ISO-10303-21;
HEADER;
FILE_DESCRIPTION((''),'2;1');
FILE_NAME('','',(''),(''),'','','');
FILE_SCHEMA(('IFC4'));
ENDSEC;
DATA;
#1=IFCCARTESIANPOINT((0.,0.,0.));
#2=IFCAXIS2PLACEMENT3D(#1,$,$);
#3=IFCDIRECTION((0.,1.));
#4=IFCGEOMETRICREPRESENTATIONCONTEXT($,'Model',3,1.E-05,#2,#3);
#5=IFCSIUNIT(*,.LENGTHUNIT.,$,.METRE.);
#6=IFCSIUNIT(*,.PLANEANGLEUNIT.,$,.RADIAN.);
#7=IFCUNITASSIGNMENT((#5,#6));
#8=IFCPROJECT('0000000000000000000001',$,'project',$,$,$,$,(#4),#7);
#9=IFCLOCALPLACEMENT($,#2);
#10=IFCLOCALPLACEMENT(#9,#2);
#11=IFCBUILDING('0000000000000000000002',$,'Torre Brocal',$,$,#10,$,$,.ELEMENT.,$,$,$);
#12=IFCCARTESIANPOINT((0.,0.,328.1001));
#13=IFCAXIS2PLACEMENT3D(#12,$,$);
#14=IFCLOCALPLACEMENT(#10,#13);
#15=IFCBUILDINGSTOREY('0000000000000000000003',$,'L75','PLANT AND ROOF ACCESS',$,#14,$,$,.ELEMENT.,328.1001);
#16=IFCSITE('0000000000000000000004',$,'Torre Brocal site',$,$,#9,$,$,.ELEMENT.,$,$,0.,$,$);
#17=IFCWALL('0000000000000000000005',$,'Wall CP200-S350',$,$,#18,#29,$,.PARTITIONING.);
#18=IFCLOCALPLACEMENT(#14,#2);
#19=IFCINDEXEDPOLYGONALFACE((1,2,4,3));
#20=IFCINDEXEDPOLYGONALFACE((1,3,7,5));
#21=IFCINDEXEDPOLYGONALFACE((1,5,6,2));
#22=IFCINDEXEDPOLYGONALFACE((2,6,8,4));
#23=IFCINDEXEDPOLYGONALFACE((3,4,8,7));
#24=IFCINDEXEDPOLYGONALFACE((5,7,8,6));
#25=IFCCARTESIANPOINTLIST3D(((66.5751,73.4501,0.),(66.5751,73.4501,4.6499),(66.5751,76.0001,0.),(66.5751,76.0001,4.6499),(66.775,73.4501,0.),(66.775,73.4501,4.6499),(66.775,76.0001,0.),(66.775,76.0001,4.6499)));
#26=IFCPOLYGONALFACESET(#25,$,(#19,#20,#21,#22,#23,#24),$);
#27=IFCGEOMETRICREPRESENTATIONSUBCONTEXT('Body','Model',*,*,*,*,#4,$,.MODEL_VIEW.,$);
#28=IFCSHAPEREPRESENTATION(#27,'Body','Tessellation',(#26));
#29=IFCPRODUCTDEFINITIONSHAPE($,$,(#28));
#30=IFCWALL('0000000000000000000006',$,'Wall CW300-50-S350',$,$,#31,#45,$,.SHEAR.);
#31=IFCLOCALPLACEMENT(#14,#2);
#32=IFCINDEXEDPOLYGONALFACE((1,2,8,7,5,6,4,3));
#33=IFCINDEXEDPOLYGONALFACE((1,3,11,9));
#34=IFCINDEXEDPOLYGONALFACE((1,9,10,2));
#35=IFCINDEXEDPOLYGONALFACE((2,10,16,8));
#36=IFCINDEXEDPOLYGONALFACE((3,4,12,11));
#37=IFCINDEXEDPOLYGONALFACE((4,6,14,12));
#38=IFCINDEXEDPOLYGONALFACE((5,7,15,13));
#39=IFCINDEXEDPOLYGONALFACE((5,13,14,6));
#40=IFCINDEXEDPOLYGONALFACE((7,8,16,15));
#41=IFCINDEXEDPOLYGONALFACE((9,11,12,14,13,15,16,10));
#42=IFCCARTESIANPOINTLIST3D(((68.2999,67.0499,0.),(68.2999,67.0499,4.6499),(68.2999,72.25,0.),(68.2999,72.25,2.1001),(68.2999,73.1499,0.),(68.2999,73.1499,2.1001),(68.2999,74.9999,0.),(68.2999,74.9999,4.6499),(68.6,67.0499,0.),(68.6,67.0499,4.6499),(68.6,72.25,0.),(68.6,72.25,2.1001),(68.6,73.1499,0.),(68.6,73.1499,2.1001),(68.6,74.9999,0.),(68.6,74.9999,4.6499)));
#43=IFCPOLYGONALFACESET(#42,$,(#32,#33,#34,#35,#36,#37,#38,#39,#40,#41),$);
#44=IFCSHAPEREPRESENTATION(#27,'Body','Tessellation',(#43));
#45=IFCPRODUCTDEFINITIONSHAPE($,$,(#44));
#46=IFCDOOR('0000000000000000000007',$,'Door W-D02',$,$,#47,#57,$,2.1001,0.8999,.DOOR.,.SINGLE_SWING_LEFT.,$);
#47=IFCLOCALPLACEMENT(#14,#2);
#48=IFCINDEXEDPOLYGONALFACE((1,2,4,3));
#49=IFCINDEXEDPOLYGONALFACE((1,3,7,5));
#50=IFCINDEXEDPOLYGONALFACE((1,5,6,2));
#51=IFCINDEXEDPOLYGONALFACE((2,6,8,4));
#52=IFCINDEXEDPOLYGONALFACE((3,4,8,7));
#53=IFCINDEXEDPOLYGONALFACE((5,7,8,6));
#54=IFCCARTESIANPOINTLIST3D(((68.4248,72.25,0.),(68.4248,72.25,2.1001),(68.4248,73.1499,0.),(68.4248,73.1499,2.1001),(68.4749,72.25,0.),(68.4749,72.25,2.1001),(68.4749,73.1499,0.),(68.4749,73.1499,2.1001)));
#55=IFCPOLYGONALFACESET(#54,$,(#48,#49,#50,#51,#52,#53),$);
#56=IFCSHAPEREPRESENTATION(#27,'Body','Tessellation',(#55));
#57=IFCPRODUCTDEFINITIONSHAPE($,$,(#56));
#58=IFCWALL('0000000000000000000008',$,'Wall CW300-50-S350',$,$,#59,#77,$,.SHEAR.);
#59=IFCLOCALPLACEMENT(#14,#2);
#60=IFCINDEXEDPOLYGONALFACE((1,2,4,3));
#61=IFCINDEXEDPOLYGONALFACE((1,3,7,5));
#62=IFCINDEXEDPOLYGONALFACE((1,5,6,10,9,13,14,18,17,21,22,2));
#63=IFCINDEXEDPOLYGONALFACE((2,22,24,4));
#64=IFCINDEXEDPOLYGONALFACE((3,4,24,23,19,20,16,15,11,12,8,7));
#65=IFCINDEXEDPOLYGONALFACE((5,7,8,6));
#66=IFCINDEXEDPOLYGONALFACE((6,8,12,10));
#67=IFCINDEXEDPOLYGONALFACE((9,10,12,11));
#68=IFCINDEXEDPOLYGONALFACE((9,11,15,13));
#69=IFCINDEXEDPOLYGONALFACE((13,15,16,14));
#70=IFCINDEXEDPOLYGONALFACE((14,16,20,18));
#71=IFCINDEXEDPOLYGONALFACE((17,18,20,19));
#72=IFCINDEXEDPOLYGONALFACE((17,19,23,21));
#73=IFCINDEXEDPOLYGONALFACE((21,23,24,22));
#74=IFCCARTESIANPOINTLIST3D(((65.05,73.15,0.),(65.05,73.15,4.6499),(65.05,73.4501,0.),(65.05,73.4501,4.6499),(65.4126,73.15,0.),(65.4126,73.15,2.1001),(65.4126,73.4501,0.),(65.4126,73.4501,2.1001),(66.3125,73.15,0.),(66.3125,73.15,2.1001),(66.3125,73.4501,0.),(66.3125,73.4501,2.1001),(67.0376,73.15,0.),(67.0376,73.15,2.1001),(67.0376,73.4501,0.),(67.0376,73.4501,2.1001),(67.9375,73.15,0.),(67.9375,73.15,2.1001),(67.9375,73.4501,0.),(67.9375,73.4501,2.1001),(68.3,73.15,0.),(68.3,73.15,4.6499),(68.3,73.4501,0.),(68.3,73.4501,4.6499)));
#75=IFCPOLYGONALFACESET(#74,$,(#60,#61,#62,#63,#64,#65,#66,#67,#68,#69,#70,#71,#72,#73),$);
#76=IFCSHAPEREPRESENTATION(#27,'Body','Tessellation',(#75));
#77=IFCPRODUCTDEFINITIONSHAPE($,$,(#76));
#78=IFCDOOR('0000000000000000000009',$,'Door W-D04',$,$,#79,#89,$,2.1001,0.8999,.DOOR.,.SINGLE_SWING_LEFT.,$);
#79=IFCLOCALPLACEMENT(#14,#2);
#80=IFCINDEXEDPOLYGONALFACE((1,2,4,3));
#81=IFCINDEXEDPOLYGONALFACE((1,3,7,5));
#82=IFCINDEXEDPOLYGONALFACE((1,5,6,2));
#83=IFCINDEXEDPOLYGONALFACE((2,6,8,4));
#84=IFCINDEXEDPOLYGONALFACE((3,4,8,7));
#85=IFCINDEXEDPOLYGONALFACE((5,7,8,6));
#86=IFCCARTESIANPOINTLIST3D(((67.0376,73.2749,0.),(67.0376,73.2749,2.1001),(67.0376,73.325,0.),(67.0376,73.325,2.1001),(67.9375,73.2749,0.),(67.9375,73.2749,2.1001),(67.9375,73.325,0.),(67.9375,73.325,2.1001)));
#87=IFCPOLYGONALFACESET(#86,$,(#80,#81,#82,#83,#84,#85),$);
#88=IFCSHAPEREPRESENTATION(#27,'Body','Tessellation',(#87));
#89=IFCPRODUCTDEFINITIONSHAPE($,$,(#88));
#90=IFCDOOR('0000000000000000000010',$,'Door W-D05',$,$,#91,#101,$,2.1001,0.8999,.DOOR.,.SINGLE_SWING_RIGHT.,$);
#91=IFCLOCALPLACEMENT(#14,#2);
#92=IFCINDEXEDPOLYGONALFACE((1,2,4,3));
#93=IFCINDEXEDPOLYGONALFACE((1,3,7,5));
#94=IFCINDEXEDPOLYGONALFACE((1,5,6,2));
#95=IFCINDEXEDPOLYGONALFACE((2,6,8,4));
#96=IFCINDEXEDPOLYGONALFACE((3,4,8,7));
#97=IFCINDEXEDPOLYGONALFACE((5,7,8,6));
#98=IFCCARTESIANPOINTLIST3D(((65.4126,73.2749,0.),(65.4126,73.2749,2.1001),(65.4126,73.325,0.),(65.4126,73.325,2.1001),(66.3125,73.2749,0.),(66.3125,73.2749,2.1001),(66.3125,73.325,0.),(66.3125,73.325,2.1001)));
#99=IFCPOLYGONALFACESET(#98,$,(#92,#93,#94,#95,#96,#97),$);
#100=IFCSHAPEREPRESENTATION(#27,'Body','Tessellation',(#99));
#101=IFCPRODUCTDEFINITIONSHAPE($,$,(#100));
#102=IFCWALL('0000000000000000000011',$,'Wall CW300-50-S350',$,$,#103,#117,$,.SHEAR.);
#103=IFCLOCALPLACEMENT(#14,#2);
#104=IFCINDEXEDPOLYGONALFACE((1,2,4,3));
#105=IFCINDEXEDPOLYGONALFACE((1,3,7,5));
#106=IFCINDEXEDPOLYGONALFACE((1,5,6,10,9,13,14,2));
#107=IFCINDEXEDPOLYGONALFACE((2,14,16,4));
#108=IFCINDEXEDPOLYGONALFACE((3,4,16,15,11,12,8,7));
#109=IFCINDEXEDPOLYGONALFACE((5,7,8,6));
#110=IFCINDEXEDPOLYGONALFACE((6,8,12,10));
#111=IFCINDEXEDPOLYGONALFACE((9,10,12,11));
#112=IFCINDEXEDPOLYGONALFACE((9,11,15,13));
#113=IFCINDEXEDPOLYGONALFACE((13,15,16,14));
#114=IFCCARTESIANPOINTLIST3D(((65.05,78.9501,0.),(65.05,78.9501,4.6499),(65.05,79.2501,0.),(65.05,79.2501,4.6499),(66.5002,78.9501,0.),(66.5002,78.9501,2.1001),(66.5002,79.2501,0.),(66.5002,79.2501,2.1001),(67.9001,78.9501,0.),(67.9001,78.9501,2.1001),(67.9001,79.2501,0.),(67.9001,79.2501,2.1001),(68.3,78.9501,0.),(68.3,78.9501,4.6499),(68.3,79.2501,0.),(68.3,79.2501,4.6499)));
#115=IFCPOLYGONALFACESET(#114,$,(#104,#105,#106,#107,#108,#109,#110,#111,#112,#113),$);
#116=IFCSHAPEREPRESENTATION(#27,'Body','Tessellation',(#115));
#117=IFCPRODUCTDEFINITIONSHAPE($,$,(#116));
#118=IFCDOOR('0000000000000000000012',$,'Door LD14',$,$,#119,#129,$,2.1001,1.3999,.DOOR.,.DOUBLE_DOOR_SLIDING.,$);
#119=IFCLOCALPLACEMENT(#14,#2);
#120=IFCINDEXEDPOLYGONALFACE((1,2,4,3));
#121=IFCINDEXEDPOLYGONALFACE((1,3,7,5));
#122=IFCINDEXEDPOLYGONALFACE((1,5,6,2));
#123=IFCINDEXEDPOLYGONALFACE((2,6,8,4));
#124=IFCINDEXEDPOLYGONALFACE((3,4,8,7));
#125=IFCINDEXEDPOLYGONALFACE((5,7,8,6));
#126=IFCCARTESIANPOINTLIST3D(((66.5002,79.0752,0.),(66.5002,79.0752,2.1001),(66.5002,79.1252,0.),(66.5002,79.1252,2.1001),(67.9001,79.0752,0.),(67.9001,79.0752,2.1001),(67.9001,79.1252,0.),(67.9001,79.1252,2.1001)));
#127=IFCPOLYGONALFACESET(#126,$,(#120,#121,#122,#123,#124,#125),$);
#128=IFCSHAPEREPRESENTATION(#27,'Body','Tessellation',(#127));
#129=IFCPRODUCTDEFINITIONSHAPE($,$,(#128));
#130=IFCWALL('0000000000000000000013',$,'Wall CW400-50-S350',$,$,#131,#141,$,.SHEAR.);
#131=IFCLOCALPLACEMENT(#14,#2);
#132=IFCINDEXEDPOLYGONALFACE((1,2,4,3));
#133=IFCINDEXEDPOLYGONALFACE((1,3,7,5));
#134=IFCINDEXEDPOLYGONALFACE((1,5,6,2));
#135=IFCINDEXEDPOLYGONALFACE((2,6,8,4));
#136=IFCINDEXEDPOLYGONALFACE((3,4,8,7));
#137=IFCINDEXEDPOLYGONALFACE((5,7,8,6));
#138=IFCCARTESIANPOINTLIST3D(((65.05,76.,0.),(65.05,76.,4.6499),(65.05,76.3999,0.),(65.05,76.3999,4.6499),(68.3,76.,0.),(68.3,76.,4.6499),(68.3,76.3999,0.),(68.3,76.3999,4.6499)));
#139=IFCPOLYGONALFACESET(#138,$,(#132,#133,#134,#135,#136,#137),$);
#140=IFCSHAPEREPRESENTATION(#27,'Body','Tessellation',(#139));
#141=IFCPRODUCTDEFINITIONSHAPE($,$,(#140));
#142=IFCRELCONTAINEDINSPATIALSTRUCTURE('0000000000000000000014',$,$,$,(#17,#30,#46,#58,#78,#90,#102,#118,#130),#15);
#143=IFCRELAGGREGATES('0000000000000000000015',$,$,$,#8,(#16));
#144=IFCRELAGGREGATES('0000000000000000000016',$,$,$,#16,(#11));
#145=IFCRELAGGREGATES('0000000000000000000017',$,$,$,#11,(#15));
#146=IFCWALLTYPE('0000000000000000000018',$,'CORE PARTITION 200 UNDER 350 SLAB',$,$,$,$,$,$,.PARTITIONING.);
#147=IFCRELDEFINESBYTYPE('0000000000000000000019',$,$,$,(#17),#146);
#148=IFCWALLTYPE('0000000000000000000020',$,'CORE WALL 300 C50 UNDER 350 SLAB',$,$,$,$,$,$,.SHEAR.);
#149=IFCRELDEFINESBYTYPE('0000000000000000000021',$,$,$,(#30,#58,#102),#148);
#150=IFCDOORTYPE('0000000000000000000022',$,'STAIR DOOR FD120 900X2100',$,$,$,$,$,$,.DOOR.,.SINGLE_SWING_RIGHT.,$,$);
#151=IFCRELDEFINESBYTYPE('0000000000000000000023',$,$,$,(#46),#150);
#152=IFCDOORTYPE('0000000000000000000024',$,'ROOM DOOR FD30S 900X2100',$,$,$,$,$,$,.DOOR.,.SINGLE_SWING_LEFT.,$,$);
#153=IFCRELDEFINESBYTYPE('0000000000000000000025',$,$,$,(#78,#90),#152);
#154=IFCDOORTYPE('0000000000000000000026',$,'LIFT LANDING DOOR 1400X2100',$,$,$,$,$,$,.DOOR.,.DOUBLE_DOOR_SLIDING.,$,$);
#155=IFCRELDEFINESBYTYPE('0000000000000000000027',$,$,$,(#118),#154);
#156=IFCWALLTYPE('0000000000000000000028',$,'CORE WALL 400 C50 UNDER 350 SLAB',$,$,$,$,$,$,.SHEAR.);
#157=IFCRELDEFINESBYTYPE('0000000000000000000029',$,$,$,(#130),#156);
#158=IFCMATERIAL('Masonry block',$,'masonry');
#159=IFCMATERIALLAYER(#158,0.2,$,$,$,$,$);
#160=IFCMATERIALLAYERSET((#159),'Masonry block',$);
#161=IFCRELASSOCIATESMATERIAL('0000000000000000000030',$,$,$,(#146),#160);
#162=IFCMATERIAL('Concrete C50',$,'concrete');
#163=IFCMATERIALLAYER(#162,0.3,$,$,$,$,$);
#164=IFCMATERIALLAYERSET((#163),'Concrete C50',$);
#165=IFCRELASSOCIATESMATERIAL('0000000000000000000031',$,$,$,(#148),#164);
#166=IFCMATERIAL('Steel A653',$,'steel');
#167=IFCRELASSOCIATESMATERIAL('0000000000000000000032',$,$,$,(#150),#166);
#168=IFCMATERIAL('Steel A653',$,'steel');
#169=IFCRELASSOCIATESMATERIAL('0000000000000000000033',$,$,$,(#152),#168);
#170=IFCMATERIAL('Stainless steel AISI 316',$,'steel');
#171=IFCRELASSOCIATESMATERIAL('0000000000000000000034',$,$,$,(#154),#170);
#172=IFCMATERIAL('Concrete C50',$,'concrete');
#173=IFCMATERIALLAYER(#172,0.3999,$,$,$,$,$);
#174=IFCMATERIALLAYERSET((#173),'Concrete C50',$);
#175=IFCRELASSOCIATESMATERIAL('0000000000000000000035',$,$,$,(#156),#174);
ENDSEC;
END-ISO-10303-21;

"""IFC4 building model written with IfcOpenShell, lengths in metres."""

from ifc_helpers import new_model, si_unit, direction, frame, frame_2d, origin, place, context, subcontext, project, spatial, rectangle, extrude, material, layer, layer_set, type_object, element, fill, save


model = new_model("IFC4")

# Units and contexts
model_context = context("Model", 3, precision=1e-05, world=origin(), true_north=direction((0.0, 1.0)))
body_context = subcontext(model_context, "Body", "Model", "MODEL_VIEW")
ifc_project = project(units=[si_unit("LENGTHUNIT", "METRE"), si_unit("PLANEANGLEUNIT", "RADIAN")], contexts=[model_context])

# Site, building, storey
site_placement = place(None, origin())
site = spatial("IfcSite", under=ifc_project, at=site_placement, Name="Torre Brocal site", CompositionType="ELEMENT", RefElevation=0.0)
building_placement = place(site_placement, origin())
building = spatial("IfcBuilding", under=site, at=building_placement, Name="Torre Brocal", CompositionType="ELEMENT")
storey_placement = place(building_placement, frame((0.0, 0.0, 328.1001)))
storey = spatial("IfcBuildingStorey", under=building, at=storey_placement, Name="L75", Description="PLANT AND ROOF ACCESS", CompositionType="ELEMENT", Elevation=328.1001)

# Wall
ifc_material_1 = material(Name="Masonry block", Category="masonry")
ifc_layer_1 = layer(ifc_material_1, 0.2)
ifc_layer_set_1 = layer_set([ifc_layer_1], Name="Masonry block")
wall_type_1 = type_object("IfcWallType", Name="CORE PARTITION 200 UNDER 350 SLAB", PredefinedType="PARTITIONING", material=ifc_layer_set_1)
wall_1_placement = place(storey_placement, frame((66.675, 76.0, 0.0), z_axis=(0.0, 0.0, 1.0), x_axis=(0.0, -1.0, 0.0)))
element("IfcWall", 1, at=wall_1_placement, inside=storey, type_object=wall_type_1, Name="Wall CP200-S350", PredefinedType="PARTITIONING", context=body_context, shape_type="SweptSolid", body=[
    extrude(rectangle(XDim=2.55, YDim=0.2, at=frame_2d((1.2749, 0.0))), origin(), (0.0, 0.0, 1.0), 4.6499),
])

# Wall, opening, door
ifc_material_2 = material(Name="Concrete C50", Category="concrete")
ifc_layer_2 = layer(ifc_material_2, 0.3)
ifc_layer_set_2 = layer_set([ifc_layer_2], Name="Concrete C50")
wall_type_2 = type_object("IfcWallType", Name="CORE WALL 300 C50 UNDER 350 SLAB", PredefinedType="SHEAR", material=ifc_layer_set_2)
wall_2_placement = place(storey_placement, frame((68.45, 75.0, 0.0), z_axis=(0.0, 0.0, 1.0), x_axis=(0.0, -1.0, 0.0)))
wall_2 = element("IfcWall", 2, at=wall_2_placement, inside=storey, type_object=wall_type_2, Name="Wall CW300-50-S350", PredefinedType="SHEAR", context=body_context, shape_type="SweptSolid", body=[
    extrude(rectangle(XDim=7.95, YDim=0.3, at=frame_2d((3.9751, 0.0))), origin(), (0.0, 0.0, 1.0), 4.6499),
])
opening_1_placement = place(wall_2_placement, frame((1.8501, 0.0, 0.0)))
opening_1 = element("IfcOpeningElement", 3, at=opening_1_placement, cuts=wall_2, PredefinedType="OPENING", context=body_context, shape_type="SweptSolid", body=[
    extrude(rectangle(XDim=0.8999, YDim=2.1001, at=frame_2d((0.45, 1.05))), frame((0.0, 0.1599, 0.0), z_axis=(0.0, -1.0, 0.0), x_axis=(1.0, 0.0, 0.0)), (0.0, 0.0, 1.0), 0.3201),
])
ifc_material_3 = material(Name="Steel A653", Category="steel")
door_type_1 = type_object("IfcDoorType", Name="STAIR DOOR FD120 900X2100", OperationType="SINGLE_SWING_RIGHT", PredefinedType="DOOR", material=ifc_material_3)
door_1_placement = place(opening_1_placement, origin())
door_1 = element("IfcDoor", 4, at=door_1_placement, inside=storey, type_object=door_type_1, Name="Door W-D02", OperationType="SINGLE_SWING_LEFT", OverallHeight=2.1001, OverallWidth=0.8999, PredefinedType="DOOR", context=body_context, shape_type="SweptSolid", body=[
    extrude(rectangle(XDim=0.8999, YDim=2.1001, at=frame_2d((0.45, 1.05))), frame((0.0, 0.0249, 0.0), z_axis=(0.0, -1.0, 0.0), x_axis=(1.0, 0.0, 0.0)), (0.0, 0.0, 1.0), 0.05),
])
fill(opening_1, door_1)

# Wall, openings, doors
wall_3_placement = place(storey_placement, frame((68.3, 73.3, 0.0), z_axis=(0.0, 0.0, 1.0), x_axis=(-1.0, 0.0, 0.0)))
wall_3 = element("IfcWall", 5, at=wall_3_placement, inside=storey, type_object=wall_type_2, Name="Wall CW300-50-S350", PredefinedType="SHEAR", context=body_context, shape_type="SweptSolid", body=[
    extrude(rectangle(XDim=3.25, YDim=0.3, at=frame_2d((1.625, 0.0))), origin(), (0.0, 0.0, 1.0), 4.6499),
])
opening_2_placement = place(wall_3_placement, frame((0.3625, 0.0, 0.0)))
opening_2 = element("IfcOpeningElement", 6, at=opening_2_placement, cuts=wall_3, PredefinedType="OPENING", context=body_context, shape_type="SweptSolid", body=[
    extrude(rectangle(XDim=0.8999, YDim=2.1001, at=frame_2d((0.45, 1.05))), frame((0.0, 0.1599, 0.0), z_axis=(0.0, -1.0, 0.0), x_axis=(1.0, 0.0, 0.0)), (0.0, 0.0, 1.0), 0.3201),
])
opening_3_placement = place(wall_3_placement, frame((1.9875, 0.0, 0.0)))
opening_3 = element("IfcOpeningElement", 7, at=opening_3_placement, cuts=wall_3, PredefinedType="OPENING", context=body_context, shape_type="SweptSolid", body=[
    extrude(rectangle(XDim=0.8999, YDim=2.1001, at=frame_2d((0.45, 1.05))), frame((0.0, 0.1599, 0.0), z_axis=(0.0, -1.0, 0.0), x_axis=(1.0, 0.0, 0.0)), (0.0, 0.0, 1.0), 0.3201),
])
ifc_material_4 = material(Name="Steel A653", Category="steel")
door_type_2 = type_object("IfcDoorType", Name="ROOM DOOR FD30S 900X2100", OperationType="SINGLE_SWING_LEFT", PredefinedType="DOOR", material=ifc_material_4)
door_2_placement = place(opening_2_placement, frame((0.8999, 0.0, 0.0), z_axis=(0.0, 0.0, 1.0), x_axis=(-1.0, 0.0, 0.0)))
door_2 = element("IfcDoor", 8, at=door_2_placement, inside=storey, type_object=door_type_2, Name="Door W-D04", OperationType="SINGLE_SWING_LEFT", OverallHeight=2.1001, OverallWidth=0.8999, PredefinedType="DOOR", context=body_context, shape_type="SweptSolid", body=[
    extrude(rectangle(XDim=0.8999, YDim=2.1001, at=frame_2d((0.45, 1.05))), frame((0.0, 0.0249, 0.0), z_axis=(0.0, -1.0, 0.0), x_axis=(1.0, 0.0, 0.0)), (0.0, 0.0, 1.0), 0.05),
])
fill(opening_2, door_2)
door_3_placement = place(opening_3_placement, frame((0.8999, 0.0, 0.0), z_axis=(0.0, 0.0, 1.0), x_axis=(-1.0, 0.0, 0.0)))
door_3 = element("IfcDoor", 9, at=door_3_placement, inside=storey, type_object=door_type_2, Name="Door W-D05", OperationType="SINGLE_SWING_RIGHT", OverallHeight=2.1001, OverallWidth=0.8999, PredefinedType="DOOR", context=body_context, shape_type="SweptSolid", body=[
    extrude(rectangle(XDim=0.8999, YDim=2.1001, at=frame_2d((0.45, 1.05))), frame((0.0, 0.0249, 0.0), z_axis=(0.0, -1.0, 0.0), x_axis=(1.0, 0.0, 0.0)), (0.0, 0.0, 1.0), 0.05),
])
fill(opening_3, door_3)

# Wall, opening, door
wall_4_placement = place(storey_placement, frame((68.3, 79.1001, 0.0), z_axis=(0.0, 0.0, 1.0), x_axis=(-1.0, 0.0, 0.0)))
wall_4 = element("IfcWall", 10, at=wall_4_placement, inside=storey, type_object=wall_type_2, Name="Wall CW300-50-S350", PredefinedType="SHEAR", context=body_context, shape_type="SweptSolid", body=[
    extrude(rectangle(XDim=3.25, YDim=0.3, at=frame_2d((1.625, 0.0))), origin(), (0.0, 0.0, 1.0), 4.6499),
])
opening_4_placement = place(wall_4_placement, frame((0.3999, 0.0, 0.0)))
opening_4 = element("IfcOpeningElement", 11, at=opening_4_placement, cuts=wall_4, PredefinedType="OPENING", context=body_context, shape_type="SweptSolid", body=[
    extrude(rectangle(XDim=1.3999, YDim=2.1001, at=frame_2d((0.7, 1.05))), frame((0.0, 0.1599, 0.0), z_axis=(0.0, -1.0, 0.0), x_axis=(1.0, 0.0, 0.0)), (0.0, 0.0, 1.0), 0.3201),
])
ifc_material_5 = material(Name="Stainless steel AISI 316", Category="steel")
door_type_3 = type_object("IfcDoorType", Name="LIFT LANDING DOOR 1400X2100", OperationType="DOUBLE_DOOR_SLIDING", PredefinedType="DOOR", material=ifc_material_5)
door_4_placement = place(opening_4_placement, origin())
door_4 = element("IfcDoor", 12, at=door_4_placement, inside=storey, type_object=door_type_3, Name="Door LD14", OperationType="DOUBLE_DOOR_SLIDING", OverallHeight=2.1001, OverallWidth=1.3999, PredefinedType="DOOR", context=body_context, shape_type="SweptSolid", body=[
    extrude(rectangle(XDim=1.3999, YDim=2.1001, at=frame_2d((0.7, 1.05))), frame((0.0, 0.0249, 0.0), z_axis=(0.0, -1.0, 0.0), x_axis=(1.0, 0.0, 0.0)), (0.0, 0.0, 1.0), 0.05),
])
fill(opening_4, door_4)

# Wall
ifc_material_6 = material(Name="Concrete C50", Category="concrete")
ifc_layer_3 = layer(ifc_material_6, 0.3999)
ifc_layer_set_3 = layer_set([ifc_layer_3], Name="Concrete C50")
wall_type_3 = type_object("IfcWallType", Name="CORE WALL 400 C50 UNDER 350 SLAB", PredefinedType="SHEAR", material=ifc_layer_set_3)
wall_5_placement = place(storey_placement, frame((68.3, 76.2, 0.0), z_axis=(0.0, 0.0, 1.0), x_axis=(-1.0, 0.0, 0.0)))
element("IfcWall", 13, at=wall_5_placement, inside=storey, type_object=wall_type_3, Name="Wall CW400-50-S350", PredefinedType="SHEAR", context=body_context, shape_type="SweptSolid", body=[
    extrude(rectangle(XDim=3.25, YDim=0.3999, at=frame_2d((1.625, 0.0))), origin(), (0.0, 0.0, 1.0), 4.6499),
])

save(model, "model.ifc")
